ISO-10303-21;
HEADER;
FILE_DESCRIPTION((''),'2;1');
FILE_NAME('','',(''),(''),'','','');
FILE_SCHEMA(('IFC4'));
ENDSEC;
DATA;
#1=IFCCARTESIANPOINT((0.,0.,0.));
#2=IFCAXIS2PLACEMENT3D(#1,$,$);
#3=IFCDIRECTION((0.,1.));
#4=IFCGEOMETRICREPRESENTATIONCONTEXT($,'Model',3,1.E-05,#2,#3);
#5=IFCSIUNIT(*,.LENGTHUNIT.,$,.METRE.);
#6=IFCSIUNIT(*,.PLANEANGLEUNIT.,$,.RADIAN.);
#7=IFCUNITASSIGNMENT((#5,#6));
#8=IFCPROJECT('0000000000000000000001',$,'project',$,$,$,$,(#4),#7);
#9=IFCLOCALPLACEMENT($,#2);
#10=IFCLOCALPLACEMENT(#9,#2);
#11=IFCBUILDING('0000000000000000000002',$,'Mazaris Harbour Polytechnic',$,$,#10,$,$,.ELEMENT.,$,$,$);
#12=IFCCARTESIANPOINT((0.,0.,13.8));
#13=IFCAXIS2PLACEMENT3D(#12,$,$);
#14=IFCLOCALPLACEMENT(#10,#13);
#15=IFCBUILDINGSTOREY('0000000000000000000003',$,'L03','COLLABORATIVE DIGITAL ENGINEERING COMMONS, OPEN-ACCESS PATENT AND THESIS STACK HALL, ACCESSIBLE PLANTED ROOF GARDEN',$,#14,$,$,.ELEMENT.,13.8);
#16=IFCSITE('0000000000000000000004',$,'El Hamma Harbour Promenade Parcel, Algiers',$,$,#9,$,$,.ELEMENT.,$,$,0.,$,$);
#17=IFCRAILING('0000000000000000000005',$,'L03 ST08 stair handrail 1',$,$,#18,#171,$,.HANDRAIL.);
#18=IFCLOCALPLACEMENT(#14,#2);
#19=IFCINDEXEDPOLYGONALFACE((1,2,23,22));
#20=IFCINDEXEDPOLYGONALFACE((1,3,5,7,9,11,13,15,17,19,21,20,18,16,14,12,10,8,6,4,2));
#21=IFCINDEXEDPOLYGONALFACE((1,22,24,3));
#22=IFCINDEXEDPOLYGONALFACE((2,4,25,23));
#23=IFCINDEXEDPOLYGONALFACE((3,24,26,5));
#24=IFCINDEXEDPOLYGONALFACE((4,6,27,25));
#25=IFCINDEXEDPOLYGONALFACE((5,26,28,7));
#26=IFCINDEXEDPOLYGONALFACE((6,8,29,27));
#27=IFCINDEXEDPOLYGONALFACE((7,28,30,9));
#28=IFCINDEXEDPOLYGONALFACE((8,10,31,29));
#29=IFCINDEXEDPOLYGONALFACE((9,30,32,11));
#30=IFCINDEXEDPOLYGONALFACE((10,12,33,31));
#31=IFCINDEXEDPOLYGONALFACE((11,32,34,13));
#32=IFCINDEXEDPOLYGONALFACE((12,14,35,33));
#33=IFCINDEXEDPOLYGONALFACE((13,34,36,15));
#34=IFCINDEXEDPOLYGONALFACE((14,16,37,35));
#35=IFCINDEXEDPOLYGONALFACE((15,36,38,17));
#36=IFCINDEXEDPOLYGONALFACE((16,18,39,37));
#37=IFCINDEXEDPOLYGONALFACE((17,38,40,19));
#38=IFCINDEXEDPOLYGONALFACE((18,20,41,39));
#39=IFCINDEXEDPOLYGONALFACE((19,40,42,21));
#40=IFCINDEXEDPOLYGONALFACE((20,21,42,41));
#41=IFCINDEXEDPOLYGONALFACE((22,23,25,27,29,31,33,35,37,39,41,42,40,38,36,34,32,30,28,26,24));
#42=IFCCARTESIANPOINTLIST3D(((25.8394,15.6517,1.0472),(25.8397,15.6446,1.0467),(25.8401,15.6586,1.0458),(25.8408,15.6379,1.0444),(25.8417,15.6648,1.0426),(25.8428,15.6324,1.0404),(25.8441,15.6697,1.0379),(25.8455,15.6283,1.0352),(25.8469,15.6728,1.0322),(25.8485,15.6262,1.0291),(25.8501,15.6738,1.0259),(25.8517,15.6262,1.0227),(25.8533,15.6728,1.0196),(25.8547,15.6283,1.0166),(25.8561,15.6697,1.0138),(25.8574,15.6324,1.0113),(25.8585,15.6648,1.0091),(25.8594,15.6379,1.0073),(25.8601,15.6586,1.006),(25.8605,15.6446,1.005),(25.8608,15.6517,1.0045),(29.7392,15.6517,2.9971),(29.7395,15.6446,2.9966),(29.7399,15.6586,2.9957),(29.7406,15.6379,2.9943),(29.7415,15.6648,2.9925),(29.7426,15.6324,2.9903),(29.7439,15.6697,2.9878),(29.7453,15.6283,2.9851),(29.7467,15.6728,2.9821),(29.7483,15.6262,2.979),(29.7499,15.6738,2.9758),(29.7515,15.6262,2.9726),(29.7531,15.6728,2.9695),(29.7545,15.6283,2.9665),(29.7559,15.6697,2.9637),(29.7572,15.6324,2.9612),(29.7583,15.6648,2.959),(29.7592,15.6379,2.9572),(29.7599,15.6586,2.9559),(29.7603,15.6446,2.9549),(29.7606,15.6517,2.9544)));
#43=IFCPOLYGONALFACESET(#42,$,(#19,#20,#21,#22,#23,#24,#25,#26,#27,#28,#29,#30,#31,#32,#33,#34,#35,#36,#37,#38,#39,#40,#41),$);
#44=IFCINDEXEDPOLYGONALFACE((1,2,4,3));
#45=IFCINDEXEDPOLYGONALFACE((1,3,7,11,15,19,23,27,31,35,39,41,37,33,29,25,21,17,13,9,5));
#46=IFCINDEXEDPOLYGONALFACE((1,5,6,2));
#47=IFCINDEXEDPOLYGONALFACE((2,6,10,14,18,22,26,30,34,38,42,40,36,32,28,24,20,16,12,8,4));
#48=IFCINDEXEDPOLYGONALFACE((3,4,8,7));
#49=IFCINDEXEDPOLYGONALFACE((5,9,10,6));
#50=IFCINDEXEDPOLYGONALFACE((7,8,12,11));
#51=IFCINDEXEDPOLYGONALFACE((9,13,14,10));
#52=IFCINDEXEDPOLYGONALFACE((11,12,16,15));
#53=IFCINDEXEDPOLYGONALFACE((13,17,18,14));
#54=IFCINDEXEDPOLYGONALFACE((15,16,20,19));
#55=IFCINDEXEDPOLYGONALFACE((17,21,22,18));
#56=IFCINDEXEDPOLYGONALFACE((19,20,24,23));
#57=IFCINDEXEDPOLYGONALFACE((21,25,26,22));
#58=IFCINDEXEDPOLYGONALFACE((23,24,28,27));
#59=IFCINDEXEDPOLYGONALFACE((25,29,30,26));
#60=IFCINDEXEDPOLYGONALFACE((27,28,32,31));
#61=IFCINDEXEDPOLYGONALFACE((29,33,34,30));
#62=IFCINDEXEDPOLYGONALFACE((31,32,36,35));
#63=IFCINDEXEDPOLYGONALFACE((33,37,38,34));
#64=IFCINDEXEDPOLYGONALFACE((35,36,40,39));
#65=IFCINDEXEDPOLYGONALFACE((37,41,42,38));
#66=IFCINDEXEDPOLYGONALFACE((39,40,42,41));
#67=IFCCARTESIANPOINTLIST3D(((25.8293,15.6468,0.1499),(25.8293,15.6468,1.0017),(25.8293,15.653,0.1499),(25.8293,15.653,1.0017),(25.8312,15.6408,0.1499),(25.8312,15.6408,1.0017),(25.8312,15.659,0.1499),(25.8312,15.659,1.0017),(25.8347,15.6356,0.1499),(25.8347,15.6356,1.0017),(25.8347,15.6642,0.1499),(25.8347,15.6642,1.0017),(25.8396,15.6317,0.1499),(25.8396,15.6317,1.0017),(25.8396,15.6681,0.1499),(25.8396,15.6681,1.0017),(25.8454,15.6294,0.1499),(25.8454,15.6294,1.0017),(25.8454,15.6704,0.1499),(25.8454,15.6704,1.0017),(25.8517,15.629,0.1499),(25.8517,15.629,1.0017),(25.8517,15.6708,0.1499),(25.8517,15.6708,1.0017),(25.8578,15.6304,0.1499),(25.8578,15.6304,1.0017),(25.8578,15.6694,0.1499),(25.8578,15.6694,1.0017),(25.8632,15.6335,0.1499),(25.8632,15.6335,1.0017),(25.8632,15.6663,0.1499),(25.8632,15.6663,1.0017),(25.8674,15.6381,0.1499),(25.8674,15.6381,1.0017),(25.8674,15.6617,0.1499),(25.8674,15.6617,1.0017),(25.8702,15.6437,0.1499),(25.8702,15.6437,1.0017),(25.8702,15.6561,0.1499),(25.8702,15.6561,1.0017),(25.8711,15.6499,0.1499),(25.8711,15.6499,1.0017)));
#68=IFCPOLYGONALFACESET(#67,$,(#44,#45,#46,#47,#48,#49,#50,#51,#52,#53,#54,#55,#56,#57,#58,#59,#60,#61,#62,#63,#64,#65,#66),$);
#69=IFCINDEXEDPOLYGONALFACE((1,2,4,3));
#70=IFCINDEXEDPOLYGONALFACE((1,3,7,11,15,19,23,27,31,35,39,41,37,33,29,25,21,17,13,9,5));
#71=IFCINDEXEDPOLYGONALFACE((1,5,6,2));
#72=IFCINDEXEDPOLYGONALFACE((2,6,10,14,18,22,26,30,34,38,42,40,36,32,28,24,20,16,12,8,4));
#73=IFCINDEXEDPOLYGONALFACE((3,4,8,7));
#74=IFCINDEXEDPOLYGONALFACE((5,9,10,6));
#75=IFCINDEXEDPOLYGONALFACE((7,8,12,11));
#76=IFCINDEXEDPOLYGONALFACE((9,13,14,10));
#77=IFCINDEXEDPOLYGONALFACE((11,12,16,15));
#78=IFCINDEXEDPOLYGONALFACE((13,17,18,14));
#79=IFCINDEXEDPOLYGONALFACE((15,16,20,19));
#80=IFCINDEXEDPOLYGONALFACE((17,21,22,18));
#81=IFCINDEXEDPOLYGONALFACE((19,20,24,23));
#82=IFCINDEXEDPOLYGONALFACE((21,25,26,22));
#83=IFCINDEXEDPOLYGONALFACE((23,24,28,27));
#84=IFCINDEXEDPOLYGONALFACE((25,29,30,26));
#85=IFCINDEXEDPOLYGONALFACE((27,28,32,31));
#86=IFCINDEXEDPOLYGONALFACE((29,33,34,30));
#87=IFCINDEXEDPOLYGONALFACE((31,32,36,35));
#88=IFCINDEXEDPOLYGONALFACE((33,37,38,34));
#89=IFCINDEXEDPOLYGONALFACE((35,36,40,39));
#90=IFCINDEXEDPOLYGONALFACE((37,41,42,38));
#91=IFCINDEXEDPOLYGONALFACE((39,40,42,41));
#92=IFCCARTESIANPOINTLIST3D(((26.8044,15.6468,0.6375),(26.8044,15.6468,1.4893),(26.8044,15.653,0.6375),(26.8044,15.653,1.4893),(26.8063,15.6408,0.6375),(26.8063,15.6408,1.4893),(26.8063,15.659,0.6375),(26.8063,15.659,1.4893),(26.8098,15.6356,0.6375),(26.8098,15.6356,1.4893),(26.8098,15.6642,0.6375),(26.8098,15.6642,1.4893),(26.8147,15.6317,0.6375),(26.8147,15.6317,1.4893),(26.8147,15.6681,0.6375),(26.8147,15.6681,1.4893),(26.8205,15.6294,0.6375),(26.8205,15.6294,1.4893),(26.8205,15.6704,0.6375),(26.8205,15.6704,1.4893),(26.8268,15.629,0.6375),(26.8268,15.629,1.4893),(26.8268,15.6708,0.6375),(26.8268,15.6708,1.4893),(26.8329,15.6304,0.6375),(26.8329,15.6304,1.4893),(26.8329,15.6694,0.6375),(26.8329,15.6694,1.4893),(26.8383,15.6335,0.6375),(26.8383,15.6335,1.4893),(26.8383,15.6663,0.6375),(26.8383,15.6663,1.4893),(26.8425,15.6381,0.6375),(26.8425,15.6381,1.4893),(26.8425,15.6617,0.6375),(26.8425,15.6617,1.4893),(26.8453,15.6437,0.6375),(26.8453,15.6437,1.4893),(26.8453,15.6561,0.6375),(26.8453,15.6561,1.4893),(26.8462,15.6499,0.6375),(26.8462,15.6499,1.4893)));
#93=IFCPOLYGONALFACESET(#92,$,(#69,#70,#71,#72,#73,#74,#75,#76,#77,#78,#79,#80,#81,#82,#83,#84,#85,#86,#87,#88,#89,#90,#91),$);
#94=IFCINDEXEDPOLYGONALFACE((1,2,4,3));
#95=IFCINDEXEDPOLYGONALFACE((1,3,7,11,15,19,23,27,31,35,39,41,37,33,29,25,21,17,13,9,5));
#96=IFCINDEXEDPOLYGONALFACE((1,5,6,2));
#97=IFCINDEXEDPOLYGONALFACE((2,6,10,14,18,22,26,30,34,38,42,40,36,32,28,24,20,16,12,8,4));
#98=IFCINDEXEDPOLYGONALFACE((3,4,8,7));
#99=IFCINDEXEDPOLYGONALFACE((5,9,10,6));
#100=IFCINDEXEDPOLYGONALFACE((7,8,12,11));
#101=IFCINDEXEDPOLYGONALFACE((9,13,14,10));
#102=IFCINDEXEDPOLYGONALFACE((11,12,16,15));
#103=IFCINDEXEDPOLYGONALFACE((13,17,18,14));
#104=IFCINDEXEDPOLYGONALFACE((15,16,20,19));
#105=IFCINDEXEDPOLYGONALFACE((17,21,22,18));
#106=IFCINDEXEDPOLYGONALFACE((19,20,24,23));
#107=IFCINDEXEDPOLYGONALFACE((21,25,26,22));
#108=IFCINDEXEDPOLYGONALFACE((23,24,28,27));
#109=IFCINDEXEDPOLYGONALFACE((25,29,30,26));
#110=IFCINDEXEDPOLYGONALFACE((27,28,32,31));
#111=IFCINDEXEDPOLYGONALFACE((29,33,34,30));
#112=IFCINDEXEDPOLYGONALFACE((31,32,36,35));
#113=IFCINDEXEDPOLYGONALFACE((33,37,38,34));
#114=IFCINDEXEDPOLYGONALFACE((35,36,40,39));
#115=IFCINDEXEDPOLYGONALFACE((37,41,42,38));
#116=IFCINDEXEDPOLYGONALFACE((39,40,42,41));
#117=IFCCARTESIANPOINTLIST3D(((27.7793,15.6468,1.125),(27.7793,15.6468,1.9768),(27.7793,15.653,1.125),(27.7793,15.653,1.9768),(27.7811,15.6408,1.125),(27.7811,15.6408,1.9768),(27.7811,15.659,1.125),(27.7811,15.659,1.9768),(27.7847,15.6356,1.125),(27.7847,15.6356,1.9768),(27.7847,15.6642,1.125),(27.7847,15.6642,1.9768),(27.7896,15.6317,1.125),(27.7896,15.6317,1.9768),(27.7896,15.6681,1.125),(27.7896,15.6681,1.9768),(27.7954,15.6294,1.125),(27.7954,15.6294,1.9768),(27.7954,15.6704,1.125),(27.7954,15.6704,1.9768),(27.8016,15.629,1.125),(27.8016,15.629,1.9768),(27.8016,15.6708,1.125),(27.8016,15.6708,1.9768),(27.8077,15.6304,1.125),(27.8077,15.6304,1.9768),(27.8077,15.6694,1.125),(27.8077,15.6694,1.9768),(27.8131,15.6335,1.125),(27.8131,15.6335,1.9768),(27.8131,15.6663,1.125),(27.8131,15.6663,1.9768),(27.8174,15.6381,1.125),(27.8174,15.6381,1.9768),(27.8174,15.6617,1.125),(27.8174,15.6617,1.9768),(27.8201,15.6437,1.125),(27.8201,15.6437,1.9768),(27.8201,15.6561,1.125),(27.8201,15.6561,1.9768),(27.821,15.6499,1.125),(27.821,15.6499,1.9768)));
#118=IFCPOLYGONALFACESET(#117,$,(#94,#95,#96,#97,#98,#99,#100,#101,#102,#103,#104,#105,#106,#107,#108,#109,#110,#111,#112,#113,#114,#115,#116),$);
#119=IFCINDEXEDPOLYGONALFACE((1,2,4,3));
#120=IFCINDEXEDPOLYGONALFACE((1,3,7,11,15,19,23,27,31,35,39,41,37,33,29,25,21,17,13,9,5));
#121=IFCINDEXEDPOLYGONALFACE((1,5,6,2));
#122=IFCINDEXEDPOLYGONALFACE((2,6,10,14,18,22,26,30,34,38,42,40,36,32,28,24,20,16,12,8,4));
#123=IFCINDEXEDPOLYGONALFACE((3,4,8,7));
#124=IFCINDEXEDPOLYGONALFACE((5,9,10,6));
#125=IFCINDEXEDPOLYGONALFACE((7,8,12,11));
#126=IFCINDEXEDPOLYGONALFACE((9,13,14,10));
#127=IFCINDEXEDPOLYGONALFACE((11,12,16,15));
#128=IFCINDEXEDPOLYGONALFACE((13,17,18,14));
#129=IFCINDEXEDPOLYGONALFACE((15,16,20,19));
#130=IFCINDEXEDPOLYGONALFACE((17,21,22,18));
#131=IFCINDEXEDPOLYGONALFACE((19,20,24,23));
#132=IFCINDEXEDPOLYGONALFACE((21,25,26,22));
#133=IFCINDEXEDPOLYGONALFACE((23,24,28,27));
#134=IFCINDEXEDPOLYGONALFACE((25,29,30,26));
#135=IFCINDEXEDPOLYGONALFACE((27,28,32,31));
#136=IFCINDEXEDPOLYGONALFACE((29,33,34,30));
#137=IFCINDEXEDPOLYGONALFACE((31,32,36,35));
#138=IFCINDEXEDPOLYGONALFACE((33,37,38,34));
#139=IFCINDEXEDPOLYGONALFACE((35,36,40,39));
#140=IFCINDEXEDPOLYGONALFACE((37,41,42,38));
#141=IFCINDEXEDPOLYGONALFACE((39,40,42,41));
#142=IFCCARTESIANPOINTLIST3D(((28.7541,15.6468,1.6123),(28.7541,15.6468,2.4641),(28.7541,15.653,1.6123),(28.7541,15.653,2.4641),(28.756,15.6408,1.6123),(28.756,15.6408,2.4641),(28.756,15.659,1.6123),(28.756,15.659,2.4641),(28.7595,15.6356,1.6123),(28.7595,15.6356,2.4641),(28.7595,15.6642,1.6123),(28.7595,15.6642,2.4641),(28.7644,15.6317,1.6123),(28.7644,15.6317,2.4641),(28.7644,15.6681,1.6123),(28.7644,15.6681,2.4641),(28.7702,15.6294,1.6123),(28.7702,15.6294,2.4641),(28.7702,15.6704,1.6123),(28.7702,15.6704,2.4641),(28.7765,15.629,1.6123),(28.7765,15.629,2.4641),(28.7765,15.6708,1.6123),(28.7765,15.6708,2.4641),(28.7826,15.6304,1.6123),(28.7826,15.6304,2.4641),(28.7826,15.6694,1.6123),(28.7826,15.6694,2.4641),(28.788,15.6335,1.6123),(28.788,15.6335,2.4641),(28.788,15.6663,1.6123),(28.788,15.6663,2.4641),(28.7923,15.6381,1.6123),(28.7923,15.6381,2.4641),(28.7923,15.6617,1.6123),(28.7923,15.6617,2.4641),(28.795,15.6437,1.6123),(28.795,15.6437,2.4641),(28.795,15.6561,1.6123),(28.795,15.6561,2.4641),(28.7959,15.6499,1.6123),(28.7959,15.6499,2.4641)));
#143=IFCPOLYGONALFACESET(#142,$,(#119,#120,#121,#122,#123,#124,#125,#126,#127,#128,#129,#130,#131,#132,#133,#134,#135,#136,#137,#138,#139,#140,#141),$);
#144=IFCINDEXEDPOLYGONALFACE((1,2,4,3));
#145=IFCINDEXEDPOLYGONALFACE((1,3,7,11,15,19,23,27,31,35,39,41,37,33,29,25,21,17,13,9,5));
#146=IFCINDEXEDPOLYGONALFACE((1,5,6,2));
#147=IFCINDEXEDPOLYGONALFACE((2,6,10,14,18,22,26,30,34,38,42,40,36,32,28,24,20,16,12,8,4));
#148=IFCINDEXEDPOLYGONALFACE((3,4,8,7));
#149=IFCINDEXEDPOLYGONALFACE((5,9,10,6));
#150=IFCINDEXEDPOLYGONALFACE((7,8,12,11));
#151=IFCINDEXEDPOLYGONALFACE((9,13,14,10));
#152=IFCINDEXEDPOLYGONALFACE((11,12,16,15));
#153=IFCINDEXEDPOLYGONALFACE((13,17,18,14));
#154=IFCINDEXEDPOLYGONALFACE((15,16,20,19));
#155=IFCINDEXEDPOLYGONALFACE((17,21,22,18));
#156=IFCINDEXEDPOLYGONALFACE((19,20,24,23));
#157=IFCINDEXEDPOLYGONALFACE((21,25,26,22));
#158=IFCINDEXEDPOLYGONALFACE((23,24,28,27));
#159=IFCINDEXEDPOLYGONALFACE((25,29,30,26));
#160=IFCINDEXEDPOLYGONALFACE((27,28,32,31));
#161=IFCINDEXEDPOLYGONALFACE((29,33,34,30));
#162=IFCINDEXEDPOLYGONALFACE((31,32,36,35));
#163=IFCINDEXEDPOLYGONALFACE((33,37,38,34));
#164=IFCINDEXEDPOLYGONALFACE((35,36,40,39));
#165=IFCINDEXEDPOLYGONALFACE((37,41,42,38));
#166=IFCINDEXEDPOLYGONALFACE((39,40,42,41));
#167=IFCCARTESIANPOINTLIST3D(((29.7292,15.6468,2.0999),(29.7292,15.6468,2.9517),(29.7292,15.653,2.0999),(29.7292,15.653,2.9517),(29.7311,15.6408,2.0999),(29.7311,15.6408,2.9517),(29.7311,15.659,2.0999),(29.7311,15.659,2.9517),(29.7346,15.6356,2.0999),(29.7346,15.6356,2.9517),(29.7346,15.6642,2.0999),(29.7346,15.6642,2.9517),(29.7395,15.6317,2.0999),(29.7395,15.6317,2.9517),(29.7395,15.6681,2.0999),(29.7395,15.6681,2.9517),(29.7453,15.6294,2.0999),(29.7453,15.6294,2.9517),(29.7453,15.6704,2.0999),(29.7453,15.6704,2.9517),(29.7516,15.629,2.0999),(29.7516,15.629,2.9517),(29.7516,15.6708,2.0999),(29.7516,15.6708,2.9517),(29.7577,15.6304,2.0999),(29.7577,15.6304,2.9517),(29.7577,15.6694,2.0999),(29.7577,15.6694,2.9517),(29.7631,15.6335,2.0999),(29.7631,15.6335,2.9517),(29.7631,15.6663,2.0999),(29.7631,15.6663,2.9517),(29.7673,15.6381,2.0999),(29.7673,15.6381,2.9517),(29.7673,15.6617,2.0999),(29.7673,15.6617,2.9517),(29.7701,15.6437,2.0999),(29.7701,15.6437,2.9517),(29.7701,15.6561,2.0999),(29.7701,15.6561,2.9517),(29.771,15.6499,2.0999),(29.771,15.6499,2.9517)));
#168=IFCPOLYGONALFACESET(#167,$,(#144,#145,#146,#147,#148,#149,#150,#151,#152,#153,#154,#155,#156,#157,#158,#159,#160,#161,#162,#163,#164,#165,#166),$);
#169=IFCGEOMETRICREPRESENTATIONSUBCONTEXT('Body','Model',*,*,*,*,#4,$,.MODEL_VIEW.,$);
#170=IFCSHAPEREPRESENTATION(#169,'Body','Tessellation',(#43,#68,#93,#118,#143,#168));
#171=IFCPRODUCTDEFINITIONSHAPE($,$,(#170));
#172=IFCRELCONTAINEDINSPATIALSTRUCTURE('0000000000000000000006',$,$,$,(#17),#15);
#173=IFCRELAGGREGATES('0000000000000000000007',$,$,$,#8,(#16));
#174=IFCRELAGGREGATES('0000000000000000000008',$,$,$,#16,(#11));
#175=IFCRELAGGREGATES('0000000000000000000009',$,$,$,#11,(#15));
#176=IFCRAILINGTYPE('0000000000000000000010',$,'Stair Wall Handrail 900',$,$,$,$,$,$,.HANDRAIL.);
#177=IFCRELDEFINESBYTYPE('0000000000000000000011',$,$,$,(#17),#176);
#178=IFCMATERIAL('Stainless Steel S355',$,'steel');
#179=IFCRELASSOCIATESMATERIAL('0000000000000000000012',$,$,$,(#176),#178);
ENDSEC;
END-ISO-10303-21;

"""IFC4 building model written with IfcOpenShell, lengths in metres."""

from ifc_helpers import new_model, si_unit, direction, frame, origin, origin_2d, place, context, subcontext, project, spatial, circle, extrude, material, type_object, element, save


model = new_model("IFC4")

# Units and contexts
model_context = context("Model", 3, precision=1e-05, world=origin(), true_north=direction((0.0, 1.0)))
body_context = subcontext(model_context, "Body", "Model", "MODEL_VIEW")
ifc_project = project(units=[si_unit("LENGTHUNIT", "METRE"), si_unit("PLANEANGLEUNIT", "RADIAN")], contexts=[model_context])

# Site, building, storey
site_placement = place(None, origin())
site = spatial("IfcSite", under=ifc_project, at=site_placement, Name="El Hamma Harbour Promenade Parcel, Algiers", CompositionType="ELEMENT", RefElevation=0.0)
building_placement = place(site_placement, origin())
building = spatial("IfcBuilding", under=site, at=building_placement, Name="Mazaris Harbour Polytechnic", CompositionType="ELEMENT")
storey_placement = place(building_placement, frame((0.0, 0.0, 13.8)))
storey = spatial("IfcBuildingStorey", under=building, at=storey_placement, Name="L03", Description="COLLABORATIVE DIGITAL ENGINEERING COMMONS, OPEN-ACCESS PATENT AND THESIS STACK HALL, ACCESSIBLE PLANTED ROOF GARDEN", CompositionType="ELEMENT", Elevation=13.8)

# Railing
ifc_material_1 = material(Name="Stainless Steel S355", Category="steel")
railing_type_1 = type_object("IfcRailingType", Name="Stair Wall Handrail 900", PredefinedType="HANDRAIL", material=ifc_material_1)
railing_1_placement = place(storey_placement, frame((25.8501, 15.6499, 0.1499)))
element("IfcRailing", 1, at=railing_1_placement, inside=storey, type_object=railing_type_1, Name="L03 ST08 stair handrail 1", PredefinedType="HANDRAIL", context=body_context, shape_type="SweptSolid", body=[
    extrude(circle(Radius=0.0239, at=origin_2d()), frame((0.0, 0.0, 0.876), z_axis=(0.894427, 0.0, 0.447214), x_axis=(0.0, 1.0, 0.0)), (0.0, 0.0, 1.0), 4.3601),
    extrude(circle(Radius=0.021, at=origin_2d()), origin(), (0.0, 0.0, 1.0), 0.8518),
    extrude(circle(Radius=0.021, at=origin_2d()), frame((0.9751, 0.0, 0.4875)), (0.0, 0.0, 1.0), 0.8518),
    extrude(circle(Radius=0.021, at=origin_2d()), frame((1.95, 0.0, 0.9751)), (0.0, 0.0, 1.0), 0.8518),
    extrude(circle(Radius=0.021, at=origin_2d()), frame((2.9248, 0.0, 1.4624)), (0.0, 0.0, 1.0), 0.8518),
    extrude(circle(Radius=0.021, at=origin_2d()), frame((3.8999, 0.0, 1.95)), (0.0, 0.0, 1.0), 0.8518),
])

save(model, "model.ifc")
